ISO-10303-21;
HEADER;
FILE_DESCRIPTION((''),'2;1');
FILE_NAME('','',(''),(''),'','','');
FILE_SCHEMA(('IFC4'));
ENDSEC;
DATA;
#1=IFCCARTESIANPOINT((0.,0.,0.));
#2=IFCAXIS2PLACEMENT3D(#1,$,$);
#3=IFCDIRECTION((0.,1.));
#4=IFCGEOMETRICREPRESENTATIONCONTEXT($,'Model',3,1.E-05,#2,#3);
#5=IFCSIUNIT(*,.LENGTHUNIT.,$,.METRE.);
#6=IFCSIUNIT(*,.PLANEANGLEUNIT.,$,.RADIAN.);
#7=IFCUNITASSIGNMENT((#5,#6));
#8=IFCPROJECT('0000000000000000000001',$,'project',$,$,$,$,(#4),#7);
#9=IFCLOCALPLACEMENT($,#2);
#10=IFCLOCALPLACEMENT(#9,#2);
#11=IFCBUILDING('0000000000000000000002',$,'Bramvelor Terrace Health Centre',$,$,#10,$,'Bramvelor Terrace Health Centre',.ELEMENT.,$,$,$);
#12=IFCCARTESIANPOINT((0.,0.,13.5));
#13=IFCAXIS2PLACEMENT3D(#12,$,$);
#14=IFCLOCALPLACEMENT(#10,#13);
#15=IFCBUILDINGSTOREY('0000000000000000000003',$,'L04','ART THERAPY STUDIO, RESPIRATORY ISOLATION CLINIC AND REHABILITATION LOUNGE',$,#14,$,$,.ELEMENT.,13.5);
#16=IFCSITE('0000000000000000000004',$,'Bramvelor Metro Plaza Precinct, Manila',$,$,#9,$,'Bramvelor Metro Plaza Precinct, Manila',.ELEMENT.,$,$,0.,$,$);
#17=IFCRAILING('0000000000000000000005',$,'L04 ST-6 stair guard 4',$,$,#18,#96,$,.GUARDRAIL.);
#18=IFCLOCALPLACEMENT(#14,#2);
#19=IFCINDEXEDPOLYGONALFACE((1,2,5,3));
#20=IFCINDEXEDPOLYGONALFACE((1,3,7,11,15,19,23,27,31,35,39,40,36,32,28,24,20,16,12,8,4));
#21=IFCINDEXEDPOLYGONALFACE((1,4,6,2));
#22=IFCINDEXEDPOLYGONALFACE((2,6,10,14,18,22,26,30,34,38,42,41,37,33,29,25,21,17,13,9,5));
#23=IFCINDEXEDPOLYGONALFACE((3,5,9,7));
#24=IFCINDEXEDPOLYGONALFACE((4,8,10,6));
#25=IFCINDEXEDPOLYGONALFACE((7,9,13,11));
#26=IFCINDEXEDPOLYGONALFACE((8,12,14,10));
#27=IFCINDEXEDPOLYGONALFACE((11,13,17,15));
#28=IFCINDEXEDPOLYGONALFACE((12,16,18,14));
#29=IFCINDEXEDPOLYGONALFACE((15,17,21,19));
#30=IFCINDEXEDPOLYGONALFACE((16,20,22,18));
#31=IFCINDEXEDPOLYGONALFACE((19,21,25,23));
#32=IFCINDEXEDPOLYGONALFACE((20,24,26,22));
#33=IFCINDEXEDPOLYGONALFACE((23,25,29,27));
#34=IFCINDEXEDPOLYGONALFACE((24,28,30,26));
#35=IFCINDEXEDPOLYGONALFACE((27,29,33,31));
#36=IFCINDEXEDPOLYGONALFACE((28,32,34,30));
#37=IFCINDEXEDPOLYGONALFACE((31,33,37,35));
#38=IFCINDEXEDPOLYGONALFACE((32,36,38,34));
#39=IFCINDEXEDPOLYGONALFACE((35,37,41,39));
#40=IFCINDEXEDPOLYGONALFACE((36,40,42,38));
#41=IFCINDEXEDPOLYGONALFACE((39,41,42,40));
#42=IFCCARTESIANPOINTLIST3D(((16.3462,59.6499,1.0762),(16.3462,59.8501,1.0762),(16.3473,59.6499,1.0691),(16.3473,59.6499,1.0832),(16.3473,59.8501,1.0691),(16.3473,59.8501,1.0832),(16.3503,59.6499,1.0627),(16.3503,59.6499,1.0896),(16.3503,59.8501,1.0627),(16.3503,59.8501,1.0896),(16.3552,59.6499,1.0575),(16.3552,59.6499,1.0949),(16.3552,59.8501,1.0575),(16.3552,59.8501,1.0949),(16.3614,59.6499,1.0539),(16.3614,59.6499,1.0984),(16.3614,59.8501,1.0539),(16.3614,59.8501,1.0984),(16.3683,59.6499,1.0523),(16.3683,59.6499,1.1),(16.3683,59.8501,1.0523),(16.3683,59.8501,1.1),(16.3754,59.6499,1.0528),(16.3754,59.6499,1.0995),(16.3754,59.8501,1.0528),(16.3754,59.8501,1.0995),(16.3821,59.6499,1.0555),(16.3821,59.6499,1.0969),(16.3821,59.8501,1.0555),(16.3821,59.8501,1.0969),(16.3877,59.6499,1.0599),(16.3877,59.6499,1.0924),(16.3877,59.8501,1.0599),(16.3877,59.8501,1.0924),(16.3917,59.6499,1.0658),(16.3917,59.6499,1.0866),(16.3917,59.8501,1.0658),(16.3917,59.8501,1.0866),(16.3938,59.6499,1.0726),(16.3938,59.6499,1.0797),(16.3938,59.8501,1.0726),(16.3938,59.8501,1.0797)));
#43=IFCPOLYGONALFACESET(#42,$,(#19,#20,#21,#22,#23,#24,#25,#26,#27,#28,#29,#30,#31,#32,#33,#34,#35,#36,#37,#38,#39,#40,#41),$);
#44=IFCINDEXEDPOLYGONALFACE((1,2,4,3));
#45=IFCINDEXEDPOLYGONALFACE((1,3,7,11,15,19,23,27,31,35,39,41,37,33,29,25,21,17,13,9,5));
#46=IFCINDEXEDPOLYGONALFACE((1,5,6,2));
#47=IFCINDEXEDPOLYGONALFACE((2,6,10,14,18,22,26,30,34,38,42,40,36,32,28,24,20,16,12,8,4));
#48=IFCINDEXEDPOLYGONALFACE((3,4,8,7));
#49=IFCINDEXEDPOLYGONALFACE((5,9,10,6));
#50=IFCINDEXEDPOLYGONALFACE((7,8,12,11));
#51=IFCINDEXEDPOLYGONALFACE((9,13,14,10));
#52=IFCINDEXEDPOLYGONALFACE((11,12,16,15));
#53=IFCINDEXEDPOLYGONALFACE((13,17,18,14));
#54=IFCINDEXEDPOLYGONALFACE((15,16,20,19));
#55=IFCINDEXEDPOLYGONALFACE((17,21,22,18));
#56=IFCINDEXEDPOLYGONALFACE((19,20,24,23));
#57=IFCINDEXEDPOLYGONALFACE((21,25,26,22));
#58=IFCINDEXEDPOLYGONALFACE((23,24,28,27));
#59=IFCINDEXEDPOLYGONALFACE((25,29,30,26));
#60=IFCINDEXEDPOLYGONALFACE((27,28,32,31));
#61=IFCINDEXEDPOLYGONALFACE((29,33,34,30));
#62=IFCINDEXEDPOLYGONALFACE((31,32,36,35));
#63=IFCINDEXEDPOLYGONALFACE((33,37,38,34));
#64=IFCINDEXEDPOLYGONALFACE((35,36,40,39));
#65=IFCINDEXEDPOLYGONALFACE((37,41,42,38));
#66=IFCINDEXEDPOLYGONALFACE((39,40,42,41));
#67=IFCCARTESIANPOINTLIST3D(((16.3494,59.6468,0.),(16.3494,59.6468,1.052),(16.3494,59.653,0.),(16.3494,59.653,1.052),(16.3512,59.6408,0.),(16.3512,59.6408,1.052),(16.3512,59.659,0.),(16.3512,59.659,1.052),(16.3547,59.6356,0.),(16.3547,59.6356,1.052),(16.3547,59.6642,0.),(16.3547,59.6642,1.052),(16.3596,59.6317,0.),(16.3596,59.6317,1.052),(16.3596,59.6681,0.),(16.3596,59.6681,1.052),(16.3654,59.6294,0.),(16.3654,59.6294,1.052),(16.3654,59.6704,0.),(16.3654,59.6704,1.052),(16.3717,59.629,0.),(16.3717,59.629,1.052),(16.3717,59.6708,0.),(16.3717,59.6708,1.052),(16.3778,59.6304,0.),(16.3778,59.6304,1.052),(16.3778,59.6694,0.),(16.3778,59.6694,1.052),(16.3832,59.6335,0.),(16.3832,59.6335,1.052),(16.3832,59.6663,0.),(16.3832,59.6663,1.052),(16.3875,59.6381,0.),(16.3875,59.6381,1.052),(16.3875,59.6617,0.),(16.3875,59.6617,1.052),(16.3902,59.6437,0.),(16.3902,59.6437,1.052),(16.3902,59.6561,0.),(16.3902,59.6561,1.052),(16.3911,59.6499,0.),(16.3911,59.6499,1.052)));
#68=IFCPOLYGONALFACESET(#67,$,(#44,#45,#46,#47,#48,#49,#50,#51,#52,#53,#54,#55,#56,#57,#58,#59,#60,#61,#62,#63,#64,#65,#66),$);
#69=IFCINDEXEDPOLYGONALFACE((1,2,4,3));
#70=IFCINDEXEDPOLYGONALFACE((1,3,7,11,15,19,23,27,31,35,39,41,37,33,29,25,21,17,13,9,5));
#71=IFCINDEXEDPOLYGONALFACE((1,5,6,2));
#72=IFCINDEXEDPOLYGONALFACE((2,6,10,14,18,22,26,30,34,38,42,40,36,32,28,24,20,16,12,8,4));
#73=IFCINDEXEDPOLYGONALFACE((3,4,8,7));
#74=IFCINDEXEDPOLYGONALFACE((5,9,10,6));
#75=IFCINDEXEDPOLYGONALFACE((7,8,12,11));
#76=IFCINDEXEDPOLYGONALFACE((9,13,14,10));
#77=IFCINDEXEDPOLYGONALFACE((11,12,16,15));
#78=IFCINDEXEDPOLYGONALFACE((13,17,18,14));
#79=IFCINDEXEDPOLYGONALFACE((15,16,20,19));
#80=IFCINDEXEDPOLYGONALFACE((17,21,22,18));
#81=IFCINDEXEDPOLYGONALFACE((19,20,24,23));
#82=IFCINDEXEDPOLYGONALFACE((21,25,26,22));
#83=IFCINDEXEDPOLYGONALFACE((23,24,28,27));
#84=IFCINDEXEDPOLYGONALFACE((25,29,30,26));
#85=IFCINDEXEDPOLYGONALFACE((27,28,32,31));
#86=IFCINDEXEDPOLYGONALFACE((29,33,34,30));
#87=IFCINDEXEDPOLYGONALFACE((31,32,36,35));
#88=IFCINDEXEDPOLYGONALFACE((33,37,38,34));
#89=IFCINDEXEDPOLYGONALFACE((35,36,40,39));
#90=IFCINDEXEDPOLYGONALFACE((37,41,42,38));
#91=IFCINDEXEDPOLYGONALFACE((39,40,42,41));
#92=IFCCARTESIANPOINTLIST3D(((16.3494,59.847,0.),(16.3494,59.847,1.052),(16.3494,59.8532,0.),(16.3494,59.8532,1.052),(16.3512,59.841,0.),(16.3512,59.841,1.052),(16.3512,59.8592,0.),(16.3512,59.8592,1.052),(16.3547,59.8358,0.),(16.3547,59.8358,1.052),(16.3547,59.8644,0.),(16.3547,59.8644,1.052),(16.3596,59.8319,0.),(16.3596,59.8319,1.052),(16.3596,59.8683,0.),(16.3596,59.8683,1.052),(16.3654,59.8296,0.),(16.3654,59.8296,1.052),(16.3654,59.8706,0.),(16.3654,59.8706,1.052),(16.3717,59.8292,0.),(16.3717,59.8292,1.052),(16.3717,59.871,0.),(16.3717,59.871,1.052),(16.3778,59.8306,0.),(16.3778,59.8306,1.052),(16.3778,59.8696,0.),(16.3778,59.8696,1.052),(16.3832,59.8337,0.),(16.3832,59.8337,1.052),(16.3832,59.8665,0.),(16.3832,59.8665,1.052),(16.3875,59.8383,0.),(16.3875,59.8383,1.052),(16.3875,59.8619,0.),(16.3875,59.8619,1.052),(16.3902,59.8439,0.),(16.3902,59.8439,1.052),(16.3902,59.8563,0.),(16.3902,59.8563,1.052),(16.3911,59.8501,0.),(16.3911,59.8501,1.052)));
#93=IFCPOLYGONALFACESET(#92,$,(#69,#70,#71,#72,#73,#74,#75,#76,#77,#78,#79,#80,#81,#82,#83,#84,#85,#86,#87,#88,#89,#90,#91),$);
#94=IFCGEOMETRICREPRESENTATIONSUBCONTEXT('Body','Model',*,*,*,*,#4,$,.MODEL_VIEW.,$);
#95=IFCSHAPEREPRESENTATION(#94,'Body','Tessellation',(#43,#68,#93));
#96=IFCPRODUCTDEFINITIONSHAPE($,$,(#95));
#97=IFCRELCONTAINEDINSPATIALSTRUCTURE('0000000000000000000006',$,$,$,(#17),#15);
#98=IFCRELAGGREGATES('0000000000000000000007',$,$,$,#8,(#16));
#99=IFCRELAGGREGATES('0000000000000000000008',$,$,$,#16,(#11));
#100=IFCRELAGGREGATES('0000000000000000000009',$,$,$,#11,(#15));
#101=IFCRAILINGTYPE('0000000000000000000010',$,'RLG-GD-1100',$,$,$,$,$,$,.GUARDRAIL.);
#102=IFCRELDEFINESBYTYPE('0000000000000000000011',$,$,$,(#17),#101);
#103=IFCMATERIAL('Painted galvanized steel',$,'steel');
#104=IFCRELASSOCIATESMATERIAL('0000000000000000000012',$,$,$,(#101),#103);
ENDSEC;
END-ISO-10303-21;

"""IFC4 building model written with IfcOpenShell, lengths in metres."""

from ifc_helpers import new_model, si_unit, direction, frame, origin, origin_2d, place, context, subcontext, project, spatial, circle, extrude, material, type_object, element, save


model = new_model("IFC4")

# Units and contexts
model_context = context("Model", 3, precision=1e-05, world=origin(), true_north=direction((0.0, 1.0)))
body_context = subcontext(model_context, "Body", "Model", "MODEL_VIEW")
ifc_project = project(units=[si_unit("LENGTHUNIT", "METRE"), si_unit("PLANEANGLEUNIT", "RADIAN")], contexts=[model_context])

# Site, building, storey
site_placement = place(None, origin())
site = spatial("IfcSite", under=ifc_project, at=site_placement, Name="Bramvelor Metro Plaza Precinct, Manila", LongName="Bramvelor Metro Plaza Precinct, Manila", CompositionType="ELEMENT", RefElevation=0.0)
building_placement = place(site_placement, origin())
building = spatial("IfcBuilding", under=site, at=building_placement, Name="Bramvelor Terrace Health Centre", LongName="Bramvelor Terrace Health Centre", CompositionType="ELEMENT")
storey_placement = place(building_placement, frame((0.0, 0.0, 13.5)))
storey = spatial("IfcBuildingStorey", under=building, at=storey_placement, Name="L04", Description="ART THERAPY STUDIO, RESPIRATORY ISOLATION CLINIC AND REHABILITATION LOUNGE", CompositionType="ELEMENT", Elevation=13.5)

# Railing
ifc_material_1 = material(Name="Painted galvanized steel", Category="steel")
railing_type_1 = type_object("IfcRailingType", Name="RLG-GD-1100", PredefinedType="GUARDRAIL", material=ifc_material_1)
railing_1_placement = place(storey_placement, frame((16.3701, 59.6499, 0.0)))
element("IfcRailing", 1, at=railing_1_placement, inside=storey, type_object=railing_type_1, Name="L04 ST-6 stair guard 4", PredefinedType="GUARDRAIL", context=body_context, shape_type="SweptSolid", body=[
    extrude(circle(Radius=0.0239, at=origin_2d()), frame((0.0, 0.0, 1.0762), z_axis=(0.0, 1.0, 0.0), x_axis=(-1.0, 0.0, 0.0)), (0.0, 0.0, 1.0), 0.2002),
    extrude(circle(Radius=0.021, at=origin_2d()), origin(), (0.0, 0.0, 1.0), 1.052),
    extrude(circle(Radius=0.021, at=origin_2d()), frame((0.0, 0.2002, 0.0)), (0.0, 0.0, 1.0), 1.052),
])

save(model, "model.ifc")
